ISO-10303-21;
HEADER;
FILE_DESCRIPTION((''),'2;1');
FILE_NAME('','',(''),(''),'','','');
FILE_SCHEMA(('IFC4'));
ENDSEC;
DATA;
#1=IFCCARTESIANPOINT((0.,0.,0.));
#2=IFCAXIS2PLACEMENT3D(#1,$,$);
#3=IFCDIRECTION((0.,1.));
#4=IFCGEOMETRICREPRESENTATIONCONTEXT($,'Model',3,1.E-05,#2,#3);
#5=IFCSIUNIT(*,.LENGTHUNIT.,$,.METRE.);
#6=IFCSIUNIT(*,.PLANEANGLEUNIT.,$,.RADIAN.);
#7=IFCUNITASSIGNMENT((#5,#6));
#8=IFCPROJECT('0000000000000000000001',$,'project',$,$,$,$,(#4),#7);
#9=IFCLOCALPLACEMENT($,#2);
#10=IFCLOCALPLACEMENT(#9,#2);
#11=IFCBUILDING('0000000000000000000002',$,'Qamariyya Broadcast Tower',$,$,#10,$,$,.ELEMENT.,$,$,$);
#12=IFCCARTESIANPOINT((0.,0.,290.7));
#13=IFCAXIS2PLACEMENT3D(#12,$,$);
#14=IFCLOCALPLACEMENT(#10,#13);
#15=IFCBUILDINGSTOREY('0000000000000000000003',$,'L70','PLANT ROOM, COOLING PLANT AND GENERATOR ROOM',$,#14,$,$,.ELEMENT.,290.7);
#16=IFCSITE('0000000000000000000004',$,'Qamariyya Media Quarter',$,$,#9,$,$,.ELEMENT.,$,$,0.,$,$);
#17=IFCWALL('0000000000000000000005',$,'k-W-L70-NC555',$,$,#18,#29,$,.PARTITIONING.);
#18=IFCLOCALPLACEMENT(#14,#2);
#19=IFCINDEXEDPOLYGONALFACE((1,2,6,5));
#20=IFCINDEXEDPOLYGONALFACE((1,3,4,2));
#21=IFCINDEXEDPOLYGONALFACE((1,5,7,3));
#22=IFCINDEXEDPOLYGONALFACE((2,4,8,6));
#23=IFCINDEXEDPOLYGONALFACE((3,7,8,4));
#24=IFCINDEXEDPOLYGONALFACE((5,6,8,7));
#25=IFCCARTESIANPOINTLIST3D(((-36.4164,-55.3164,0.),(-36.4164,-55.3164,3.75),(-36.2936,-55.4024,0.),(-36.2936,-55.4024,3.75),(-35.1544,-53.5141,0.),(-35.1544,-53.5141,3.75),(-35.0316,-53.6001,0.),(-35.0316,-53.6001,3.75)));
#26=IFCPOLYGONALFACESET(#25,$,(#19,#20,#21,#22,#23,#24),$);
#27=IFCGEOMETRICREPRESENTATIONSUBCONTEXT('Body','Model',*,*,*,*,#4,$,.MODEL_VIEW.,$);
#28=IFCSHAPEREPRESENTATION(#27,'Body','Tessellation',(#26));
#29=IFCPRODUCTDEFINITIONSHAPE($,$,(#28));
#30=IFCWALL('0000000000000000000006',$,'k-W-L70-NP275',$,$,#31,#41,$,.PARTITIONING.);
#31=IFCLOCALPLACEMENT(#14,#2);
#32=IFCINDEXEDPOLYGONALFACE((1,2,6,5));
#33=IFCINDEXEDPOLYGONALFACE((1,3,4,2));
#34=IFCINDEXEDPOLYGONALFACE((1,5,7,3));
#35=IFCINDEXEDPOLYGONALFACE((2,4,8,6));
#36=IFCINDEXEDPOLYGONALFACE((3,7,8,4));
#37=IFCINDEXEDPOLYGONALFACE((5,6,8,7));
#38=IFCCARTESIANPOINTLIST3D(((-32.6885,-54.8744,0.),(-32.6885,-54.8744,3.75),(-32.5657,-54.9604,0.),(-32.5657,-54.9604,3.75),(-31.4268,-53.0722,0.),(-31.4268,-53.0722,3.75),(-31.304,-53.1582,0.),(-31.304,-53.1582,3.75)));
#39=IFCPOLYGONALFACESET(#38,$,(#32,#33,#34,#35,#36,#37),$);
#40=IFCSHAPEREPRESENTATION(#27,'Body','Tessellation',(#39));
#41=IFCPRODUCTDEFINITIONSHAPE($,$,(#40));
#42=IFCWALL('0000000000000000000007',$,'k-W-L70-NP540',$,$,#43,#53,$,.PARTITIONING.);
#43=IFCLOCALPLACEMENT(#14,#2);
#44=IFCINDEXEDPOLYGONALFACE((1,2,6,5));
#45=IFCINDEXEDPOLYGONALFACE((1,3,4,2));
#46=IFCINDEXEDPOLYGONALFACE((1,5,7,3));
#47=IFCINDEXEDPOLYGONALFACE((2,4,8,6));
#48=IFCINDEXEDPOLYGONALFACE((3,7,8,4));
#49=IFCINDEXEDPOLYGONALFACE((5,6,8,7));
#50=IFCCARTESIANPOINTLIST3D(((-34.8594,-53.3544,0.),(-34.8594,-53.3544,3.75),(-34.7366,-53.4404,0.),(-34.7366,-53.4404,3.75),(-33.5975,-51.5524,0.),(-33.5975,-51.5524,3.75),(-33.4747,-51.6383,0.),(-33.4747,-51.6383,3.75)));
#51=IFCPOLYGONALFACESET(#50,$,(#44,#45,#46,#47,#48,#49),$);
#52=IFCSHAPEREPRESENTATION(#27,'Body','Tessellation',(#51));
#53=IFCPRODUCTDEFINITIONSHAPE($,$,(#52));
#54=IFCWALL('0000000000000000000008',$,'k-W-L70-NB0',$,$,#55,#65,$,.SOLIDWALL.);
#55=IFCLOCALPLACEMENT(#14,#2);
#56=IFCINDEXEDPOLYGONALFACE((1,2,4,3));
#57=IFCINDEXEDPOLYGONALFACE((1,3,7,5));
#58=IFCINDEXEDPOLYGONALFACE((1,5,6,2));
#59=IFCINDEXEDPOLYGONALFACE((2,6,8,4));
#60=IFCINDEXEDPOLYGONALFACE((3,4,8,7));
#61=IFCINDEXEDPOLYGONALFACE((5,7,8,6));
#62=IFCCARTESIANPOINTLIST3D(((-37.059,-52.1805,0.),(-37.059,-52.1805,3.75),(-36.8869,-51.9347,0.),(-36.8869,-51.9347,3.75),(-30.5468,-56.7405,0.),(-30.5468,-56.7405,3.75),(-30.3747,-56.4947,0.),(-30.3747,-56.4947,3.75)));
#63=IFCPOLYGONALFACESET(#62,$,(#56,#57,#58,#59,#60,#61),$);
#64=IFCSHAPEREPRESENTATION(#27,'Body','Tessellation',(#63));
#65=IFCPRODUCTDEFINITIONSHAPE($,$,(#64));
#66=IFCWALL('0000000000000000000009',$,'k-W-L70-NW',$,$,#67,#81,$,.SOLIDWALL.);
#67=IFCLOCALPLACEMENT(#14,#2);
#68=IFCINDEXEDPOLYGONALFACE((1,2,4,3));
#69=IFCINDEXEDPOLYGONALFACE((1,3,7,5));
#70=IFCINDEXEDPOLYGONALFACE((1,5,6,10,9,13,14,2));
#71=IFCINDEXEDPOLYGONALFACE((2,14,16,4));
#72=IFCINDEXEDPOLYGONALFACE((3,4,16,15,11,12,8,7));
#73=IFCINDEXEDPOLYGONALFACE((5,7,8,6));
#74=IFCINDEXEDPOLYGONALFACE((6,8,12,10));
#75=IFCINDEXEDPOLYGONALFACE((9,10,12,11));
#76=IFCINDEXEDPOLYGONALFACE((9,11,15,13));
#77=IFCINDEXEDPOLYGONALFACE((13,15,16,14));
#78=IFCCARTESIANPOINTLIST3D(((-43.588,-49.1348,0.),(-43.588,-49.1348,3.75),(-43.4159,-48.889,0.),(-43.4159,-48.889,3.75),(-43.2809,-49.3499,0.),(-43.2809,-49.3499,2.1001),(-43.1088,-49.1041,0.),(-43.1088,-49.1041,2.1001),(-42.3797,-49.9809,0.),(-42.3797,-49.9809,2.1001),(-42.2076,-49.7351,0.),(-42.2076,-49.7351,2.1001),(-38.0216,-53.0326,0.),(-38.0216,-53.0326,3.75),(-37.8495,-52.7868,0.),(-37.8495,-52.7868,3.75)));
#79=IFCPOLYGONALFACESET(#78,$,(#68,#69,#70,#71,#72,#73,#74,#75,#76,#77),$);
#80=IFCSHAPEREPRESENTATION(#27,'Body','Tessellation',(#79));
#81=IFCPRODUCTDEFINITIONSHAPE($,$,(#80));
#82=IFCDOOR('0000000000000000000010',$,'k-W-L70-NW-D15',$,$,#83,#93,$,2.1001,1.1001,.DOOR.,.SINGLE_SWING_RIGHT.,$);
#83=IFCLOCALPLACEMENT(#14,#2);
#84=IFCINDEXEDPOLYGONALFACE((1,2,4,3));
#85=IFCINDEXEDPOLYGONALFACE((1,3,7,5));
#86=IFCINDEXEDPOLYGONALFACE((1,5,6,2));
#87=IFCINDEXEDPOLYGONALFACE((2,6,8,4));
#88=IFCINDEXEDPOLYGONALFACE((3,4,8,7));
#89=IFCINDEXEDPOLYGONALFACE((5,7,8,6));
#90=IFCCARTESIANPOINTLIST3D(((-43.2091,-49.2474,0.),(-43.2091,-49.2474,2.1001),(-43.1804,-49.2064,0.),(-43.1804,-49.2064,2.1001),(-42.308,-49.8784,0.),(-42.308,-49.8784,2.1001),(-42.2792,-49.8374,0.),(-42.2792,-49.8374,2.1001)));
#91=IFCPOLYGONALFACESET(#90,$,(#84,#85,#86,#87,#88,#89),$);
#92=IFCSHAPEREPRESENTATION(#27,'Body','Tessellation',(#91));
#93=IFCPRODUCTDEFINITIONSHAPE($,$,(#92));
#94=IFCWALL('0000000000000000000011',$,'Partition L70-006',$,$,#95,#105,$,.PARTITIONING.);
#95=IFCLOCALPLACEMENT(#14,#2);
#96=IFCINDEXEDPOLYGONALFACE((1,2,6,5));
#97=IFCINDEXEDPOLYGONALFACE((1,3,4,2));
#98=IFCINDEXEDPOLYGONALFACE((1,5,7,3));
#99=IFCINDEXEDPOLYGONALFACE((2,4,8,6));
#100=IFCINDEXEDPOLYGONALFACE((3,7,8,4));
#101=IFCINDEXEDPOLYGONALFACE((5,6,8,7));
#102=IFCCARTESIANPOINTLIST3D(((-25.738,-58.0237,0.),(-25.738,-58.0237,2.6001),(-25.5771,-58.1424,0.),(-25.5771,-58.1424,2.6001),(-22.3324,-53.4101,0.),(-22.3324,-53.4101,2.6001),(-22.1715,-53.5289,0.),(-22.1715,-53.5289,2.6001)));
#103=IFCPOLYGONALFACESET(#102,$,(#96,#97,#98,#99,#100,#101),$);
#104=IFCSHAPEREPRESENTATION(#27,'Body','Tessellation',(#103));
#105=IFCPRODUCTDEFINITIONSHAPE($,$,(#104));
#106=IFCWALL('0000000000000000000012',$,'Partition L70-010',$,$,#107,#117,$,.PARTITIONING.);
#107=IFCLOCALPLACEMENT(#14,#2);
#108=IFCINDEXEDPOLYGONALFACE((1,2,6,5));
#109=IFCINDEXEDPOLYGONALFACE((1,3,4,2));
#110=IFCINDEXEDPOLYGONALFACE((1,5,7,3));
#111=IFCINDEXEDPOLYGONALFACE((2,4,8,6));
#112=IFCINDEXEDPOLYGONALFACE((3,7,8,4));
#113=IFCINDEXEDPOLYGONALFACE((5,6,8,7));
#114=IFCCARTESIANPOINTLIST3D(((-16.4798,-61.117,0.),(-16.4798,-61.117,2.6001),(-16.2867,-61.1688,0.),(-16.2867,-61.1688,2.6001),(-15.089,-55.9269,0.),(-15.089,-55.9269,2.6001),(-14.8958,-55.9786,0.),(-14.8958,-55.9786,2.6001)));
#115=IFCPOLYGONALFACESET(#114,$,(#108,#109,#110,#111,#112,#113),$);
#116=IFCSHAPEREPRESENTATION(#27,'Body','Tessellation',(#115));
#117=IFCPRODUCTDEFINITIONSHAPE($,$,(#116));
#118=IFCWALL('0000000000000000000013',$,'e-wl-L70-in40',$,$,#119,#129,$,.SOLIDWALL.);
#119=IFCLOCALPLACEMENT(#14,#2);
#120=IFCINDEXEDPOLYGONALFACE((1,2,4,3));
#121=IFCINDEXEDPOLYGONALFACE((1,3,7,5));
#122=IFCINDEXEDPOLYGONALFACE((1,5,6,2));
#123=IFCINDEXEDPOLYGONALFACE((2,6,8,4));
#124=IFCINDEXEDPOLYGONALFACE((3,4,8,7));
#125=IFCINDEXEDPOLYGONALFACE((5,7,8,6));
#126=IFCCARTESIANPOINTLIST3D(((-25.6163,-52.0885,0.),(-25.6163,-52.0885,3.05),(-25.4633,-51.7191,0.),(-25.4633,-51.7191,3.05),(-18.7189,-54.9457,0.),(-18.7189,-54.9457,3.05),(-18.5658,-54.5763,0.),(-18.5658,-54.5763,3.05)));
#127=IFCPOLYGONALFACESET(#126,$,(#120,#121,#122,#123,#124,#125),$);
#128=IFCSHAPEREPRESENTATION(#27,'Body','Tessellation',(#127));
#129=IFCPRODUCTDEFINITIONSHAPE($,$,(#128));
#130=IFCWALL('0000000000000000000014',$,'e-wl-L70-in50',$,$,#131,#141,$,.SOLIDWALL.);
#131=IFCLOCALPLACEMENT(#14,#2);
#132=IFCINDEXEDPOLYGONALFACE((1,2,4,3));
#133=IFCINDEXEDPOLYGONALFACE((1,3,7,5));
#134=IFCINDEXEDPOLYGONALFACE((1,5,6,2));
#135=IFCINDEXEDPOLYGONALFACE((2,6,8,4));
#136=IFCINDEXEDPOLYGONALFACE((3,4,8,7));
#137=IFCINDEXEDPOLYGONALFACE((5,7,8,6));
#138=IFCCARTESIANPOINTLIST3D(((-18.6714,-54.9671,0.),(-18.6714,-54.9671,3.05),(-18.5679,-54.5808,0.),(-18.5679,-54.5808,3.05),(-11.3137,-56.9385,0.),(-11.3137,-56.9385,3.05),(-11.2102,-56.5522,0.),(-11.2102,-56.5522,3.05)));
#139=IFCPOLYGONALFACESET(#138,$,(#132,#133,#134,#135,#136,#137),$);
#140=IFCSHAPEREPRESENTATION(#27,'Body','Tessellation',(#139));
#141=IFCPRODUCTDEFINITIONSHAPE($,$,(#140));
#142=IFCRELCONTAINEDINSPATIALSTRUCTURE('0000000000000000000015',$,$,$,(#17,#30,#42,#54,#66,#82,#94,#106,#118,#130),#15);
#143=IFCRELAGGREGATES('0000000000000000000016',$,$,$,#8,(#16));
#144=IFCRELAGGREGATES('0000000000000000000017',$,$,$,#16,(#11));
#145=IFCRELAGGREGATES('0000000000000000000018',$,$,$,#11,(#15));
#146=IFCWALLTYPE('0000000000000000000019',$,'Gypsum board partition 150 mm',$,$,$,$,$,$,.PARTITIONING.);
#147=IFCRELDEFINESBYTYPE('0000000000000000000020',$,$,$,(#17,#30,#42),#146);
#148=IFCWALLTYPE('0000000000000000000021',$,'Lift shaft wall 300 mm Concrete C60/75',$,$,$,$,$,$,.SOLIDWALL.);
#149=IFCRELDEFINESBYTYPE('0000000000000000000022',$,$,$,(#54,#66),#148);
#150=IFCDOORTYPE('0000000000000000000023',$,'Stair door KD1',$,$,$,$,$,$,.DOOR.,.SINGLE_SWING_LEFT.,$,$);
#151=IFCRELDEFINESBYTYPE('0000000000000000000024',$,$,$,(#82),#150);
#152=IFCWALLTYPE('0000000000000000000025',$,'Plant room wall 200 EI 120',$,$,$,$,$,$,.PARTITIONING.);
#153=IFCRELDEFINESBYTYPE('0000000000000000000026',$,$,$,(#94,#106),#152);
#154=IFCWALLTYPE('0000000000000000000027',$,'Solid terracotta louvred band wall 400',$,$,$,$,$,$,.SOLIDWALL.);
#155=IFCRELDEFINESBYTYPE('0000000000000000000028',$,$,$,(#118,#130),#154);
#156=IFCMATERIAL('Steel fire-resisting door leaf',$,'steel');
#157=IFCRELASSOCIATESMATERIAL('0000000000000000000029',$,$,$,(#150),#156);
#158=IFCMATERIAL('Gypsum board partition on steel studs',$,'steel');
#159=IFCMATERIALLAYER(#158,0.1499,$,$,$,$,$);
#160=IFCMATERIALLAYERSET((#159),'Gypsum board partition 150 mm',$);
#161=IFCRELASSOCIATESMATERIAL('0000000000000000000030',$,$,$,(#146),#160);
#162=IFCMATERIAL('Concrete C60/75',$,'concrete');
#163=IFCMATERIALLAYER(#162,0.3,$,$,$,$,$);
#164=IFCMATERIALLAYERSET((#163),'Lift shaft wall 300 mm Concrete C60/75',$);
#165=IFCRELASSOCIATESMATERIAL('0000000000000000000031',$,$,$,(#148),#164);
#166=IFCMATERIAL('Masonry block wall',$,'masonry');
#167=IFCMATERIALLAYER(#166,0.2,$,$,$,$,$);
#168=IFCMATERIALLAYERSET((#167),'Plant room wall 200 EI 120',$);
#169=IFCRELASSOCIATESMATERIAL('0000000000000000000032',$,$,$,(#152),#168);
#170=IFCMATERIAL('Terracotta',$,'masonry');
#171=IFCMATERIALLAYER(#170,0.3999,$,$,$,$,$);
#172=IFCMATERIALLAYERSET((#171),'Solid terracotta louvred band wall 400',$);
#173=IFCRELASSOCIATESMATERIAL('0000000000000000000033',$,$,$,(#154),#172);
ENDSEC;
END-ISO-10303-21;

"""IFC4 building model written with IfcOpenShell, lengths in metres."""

from ifc_helpers import new_model, si_unit, direction, frame, frame_2d, origin, place, context, subcontext, project, spatial, rectangle, extrude, material, layer, layer_set, type_object, element, fill, save


model = new_model("IFC4")

# Units and contexts
model_context = context("Model", 3, precision=1e-05, world=origin(), true_north=direction((0.0, 1.0)))
body_context = subcontext(model_context, "Body", "Model", "MODEL_VIEW")
ifc_project = project(units=[si_unit("LENGTHUNIT", "METRE"), si_unit("PLANEANGLEUNIT", "RADIAN")], contexts=[model_context])

# Site, building, storey
site_placement = place(None, origin())
site = spatial("IfcSite", under=ifc_project, at=site_placement, Name="Qamariyya Media Quarter", CompositionType="ELEMENT", RefElevation=0.0)
building_placement = place(site_placement, origin())
building = spatial("IfcBuilding", under=site, at=building_placement, Name="Qamariyya Broadcast Tower", CompositionType="ELEMENT")
storey_placement = place(building_placement, frame((0.0, 0.0, 290.7)))
storey = spatial("IfcBuildingStorey", under=building, at=storey_placement, Name="L70", Description="PLANT ROOM, COOLING PLANT AND GENERATOR ROOM", CompositionType="ELEMENT", Elevation=290.7)

# Shared definitions
ifc_material_1 = material(Name="Concrete C60/75", Category="concrete")
ifc_material_2 = material(Name="Steel fire-resisting door leaf", Category="steel")
door_type_1 = type_object("IfcDoorType", Name="Stair door KD1", OperationType="SINGLE_SWING_LEFT", PredefinedType="DOOR", material=ifc_material_2)

# Walls
ifc_material_3 = material(Name="Gypsum board partition on steel studs", Category="steel")
ifc_layer_1 = layer(ifc_material_3, 0.1499)
ifc_layer_set_1 = layer_set([ifc_layer_1], Name="Gypsum board partition 150 mm")
wall_type_1 = type_object("IfcWallType", Name="Gypsum board partition 150 mm", PredefinedType="PARTITIONING", material=ifc_layer_set_1)
for number, where, z_axis, x_axis, name in (
    (1, (-36.355, -55.3594, 0.0), (0.0, 0.0, 1.0), (0.573581, 0.819149, 0.0), "k-W-L70-NC555"),
):
    element("IfcWall", number, at=place(storey_placement, frame(where, z_axis=z_axis, x_axis=x_axis)), inside=storey, type_object=wall_type_1, Name=name, PredefinedType="PARTITIONING", context=body_context, shape_type="SweptSolid", body=[
        extrude(rectangle(XDim=2.2002, YDim=0.1499, at=frame_2d((1.1001, 0.0))), origin(), (0.0, 0.0, 1.0), 3.75),
    ])
for number, where, z_axis, x_axis, name in (
    (2, (-32.6272, -54.9175, 0.0), (0.0, 0.0, 1.0), (0.573507, 0.819201, 0.0), "k-W-L70-NP275"),
    (3, (-34.7981, -53.3975, 0.0), (0.0, 0.0, 1.0), (0.573634, 0.819112, 0.0), "k-W-L70-NP540"),
):
    element("IfcWall", number, at=place(storey_placement, frame(where, z_axis=z_axis, x_axis=x_axis)), inside=storey, type_object=wall_type_1, Name=name, PredefinedType="PARTITIONING", context=body_context, shape_type="SweptSolid", body=[
        extrude(rectangle(XDim=2.2, YDim=0.1499, at=frame_2d((1.1001, 0.0))), origin(), (0.0, 0.0, 1.0), 3.75),
    ])
ifc_layer_2 = layer(ifc_material_1, 0.3)
ifc_layer_set_2 = layer_set([ifc_layer_2], Name="Lift shaft wall 300 mm Concrete C60/75")
wall_type_2 = type_object("IfcWallType", Name="Lift shaft wall 300 mm Concrete C60/75", PredefinedType="SOLIDWALL", material=ifc_layer_set_2)
wall_1_placement = place(storey_placement, frame((-30.4607, -56.6177, 0.0), z_axis=(0.0, 0.0, 1.0), x_axis=(-0.819142, 0.57359, 0.0)))
element("IfcWall", 4, at=wall_1_placement, inside=storey, type_object=wall_type_2, Name="k-W-L70-NB0", PredefinedType="SOLIDWALL", context=body_context, shape_type="SweptSolid", body=[
    extrude(rectangle(XDim=7.95, YDim=0.3, at=frame_2d((3.9751, 0.0))), origin(), (0.0, 0.0, 1.0), 3.75),
])

# Wall, opening, door
wall_2_placement = place(storey_placement, frame((-37.9355, -52.9097, 0.0), z_axis=(0.0, 0.0, 1.0), x_axis=(-0.819148, 0.573583, 0.0)))
wall_2 = element("IfcWall", 5, at=wall_2_placement, inside=storey, type_object=wall_type_2, Name="k-W-L70-NW", PredefinedType="SOLIDWALL", context=body_context, shape_type="SweptSolid", body=[
    extrude(rectangle(XDim=6.7954, YDim=0.3, at=frame_2d((3.3977, 0.0))), origin(), (0.0, 0.0, 1.0), 3.75),
])
opening_1_placement = place(wall_2_placement, frame((5.3203, 0.0, 0.0)))
opening_1 = element("IfcOpeningElement", 6, at=opening_1_placement, cuts=wall_2, PredefinedType="OPENING", context=body_context, shape_type="SweptSolid", body=[
    extrude(rectangle(XDim=1.1001, YDim=2.1001, at=frame_2d((0.55, 1.05))), frame((0.0, 0.1599, 0.0), z_axis=(0.0, -1.0, 0.0), x_axis=(1.0, 0.0, 0.0)), (0.0, 0.0, 1.0), 0.3201),
])
door_1_placement = place(opening_1_placement, origin())
door_1 = element("IfcDoor", 7, at=door_1_placement, inside=storey, type_object=door_type_1, Name="k-W-L70-NW-D15", OperationType="SINGLE_SWING_RIGHT", OverallHeight=2.1001, OverallWidth=1.1001, PredefinedType="DOOR", context=body_context, shape_type="SweptSolid", body=[
    extrude(rectangle(XDim=1.1001, YDim=2.1001, at=frame_2d((0.55, 1.05))), frame((0.0, 0.0249, 0.0), z_axis=(0.0, -1.0, 0.0), x_axis=(1.0, 0.0, 0.0)), (0.0, 0.0, 1.0), 0.05),
])
fill(opening_1, door_1)

# Walls
ifc_material_4 = material(Name="Masonry block wall", Category="masonry")
ifc_layer_3 = layer(ifc_material_4, 0.2)
ifc_layer_set_3 = layer_set([ifc_layer_3], Name="Plant room wall 200 EI 120")
wall_type_3 = type_object("IfcWallType", Name="Plant room wall 200 EI 120", PredefinedType="PARTITIONING", material=ifc_layer_set_3)
wall_3_placement = place(storey_placement, frame((-22.252, -53.4695, 0.0), z_axis=(0.0, 0.0, 1.0), x_axis=(-0.593886, -0.804549, 0.0)))
element("IfcWall", 8, at=wall_3_placement, inside=storey, type_object=wall_type_3, Name="Partition L70-006", PredefinedType="PARTITIONING", context=body_context, shape_type="SweptSolid", body=[
    extrude(rectangle(XDim=5.7344, YDim=0.2, at=frame_2d((2.8672, 0.0))), origin(), (0.0, 0.0, 1.0), 2.6001),
])
wall_4_placement = place(storey_placement, frame((-14.9924, -55.9529, 0.0), z_axis=(0.0, 0.0, 1.0), x_axis=(-0.258847, -0.965918, 0.0)))
element("IfcWall", 9, at=wall_4_placement, inside=storey, type_object=wall_type_3, Name="Partition L70-010", PredefinedType="PARTITIONING", context=body_context, shape_type="SweptSolid", body=[
    extrude(rectangle(XDim=5.3733, YDim=0.2, at=frame_2d((2.6865, 0.0))), origin(), (0.0, 0.0, 1.0), 2.6001),
])
ifc_material_5 = material(Name="Terracotta", Category="masonry")
ifc_layer_4 = layer(ifc_material_5, 0.3999)
ifc_layer_set_4 = layer_set([ifc_layer_4], Name="Solid terracotta louvred band wall 400")
wall_type_4 = type_object("IfcWallType", Name="Solid terracotta louvred band wall 400", PredefinedType="SOLIDWALL", material=ifc_layer_set_4)
wall_5_placement = place(storey_placement, frame((-18.6423, -54.761, 0.0), z_axis=(0.0, 0.0, 1.0), x_axis=(-0.923872, 0.382701, 0.0)))
element("IfcWall", 10, at=wall_5_placement, inside=storey, type_object=wall_type_4, Name="e-wl-L70-in40", PredefinedType="SOLIDWALL", context=body_context, shape_type="SweptSolid", body=[
    extrude(rectangle(XDim=7.4658, YDim=0.3999, at=frame_2d((3.7329, 0.0))), origin(), (0.0, 0.0, 1.0), 3.05),
])
wall_6_placement = place(storey_placement, frame((-11.262, -56.7454, 0.0), z_axis=(0.0, 0.0, 1.0), x_axis=(-0.965927, 0.258814, 0.0)))
element("IfcWall", 11, at=wall_6_placement, inside=storey, type_object=wall_type_4, Name="e-wl-L70-in50", PredefinedType="SOLIDWALL", context=body_context, shape_type="SweptSolid", body=[
    extrude(rectangle(XDim=7.6172, YDim=0.3999, at=frame_2d((3.8086, 0.0))), origin(), (0.0, 0.0, 1.0), 3.05),
])

save(model, "model.ifc")
